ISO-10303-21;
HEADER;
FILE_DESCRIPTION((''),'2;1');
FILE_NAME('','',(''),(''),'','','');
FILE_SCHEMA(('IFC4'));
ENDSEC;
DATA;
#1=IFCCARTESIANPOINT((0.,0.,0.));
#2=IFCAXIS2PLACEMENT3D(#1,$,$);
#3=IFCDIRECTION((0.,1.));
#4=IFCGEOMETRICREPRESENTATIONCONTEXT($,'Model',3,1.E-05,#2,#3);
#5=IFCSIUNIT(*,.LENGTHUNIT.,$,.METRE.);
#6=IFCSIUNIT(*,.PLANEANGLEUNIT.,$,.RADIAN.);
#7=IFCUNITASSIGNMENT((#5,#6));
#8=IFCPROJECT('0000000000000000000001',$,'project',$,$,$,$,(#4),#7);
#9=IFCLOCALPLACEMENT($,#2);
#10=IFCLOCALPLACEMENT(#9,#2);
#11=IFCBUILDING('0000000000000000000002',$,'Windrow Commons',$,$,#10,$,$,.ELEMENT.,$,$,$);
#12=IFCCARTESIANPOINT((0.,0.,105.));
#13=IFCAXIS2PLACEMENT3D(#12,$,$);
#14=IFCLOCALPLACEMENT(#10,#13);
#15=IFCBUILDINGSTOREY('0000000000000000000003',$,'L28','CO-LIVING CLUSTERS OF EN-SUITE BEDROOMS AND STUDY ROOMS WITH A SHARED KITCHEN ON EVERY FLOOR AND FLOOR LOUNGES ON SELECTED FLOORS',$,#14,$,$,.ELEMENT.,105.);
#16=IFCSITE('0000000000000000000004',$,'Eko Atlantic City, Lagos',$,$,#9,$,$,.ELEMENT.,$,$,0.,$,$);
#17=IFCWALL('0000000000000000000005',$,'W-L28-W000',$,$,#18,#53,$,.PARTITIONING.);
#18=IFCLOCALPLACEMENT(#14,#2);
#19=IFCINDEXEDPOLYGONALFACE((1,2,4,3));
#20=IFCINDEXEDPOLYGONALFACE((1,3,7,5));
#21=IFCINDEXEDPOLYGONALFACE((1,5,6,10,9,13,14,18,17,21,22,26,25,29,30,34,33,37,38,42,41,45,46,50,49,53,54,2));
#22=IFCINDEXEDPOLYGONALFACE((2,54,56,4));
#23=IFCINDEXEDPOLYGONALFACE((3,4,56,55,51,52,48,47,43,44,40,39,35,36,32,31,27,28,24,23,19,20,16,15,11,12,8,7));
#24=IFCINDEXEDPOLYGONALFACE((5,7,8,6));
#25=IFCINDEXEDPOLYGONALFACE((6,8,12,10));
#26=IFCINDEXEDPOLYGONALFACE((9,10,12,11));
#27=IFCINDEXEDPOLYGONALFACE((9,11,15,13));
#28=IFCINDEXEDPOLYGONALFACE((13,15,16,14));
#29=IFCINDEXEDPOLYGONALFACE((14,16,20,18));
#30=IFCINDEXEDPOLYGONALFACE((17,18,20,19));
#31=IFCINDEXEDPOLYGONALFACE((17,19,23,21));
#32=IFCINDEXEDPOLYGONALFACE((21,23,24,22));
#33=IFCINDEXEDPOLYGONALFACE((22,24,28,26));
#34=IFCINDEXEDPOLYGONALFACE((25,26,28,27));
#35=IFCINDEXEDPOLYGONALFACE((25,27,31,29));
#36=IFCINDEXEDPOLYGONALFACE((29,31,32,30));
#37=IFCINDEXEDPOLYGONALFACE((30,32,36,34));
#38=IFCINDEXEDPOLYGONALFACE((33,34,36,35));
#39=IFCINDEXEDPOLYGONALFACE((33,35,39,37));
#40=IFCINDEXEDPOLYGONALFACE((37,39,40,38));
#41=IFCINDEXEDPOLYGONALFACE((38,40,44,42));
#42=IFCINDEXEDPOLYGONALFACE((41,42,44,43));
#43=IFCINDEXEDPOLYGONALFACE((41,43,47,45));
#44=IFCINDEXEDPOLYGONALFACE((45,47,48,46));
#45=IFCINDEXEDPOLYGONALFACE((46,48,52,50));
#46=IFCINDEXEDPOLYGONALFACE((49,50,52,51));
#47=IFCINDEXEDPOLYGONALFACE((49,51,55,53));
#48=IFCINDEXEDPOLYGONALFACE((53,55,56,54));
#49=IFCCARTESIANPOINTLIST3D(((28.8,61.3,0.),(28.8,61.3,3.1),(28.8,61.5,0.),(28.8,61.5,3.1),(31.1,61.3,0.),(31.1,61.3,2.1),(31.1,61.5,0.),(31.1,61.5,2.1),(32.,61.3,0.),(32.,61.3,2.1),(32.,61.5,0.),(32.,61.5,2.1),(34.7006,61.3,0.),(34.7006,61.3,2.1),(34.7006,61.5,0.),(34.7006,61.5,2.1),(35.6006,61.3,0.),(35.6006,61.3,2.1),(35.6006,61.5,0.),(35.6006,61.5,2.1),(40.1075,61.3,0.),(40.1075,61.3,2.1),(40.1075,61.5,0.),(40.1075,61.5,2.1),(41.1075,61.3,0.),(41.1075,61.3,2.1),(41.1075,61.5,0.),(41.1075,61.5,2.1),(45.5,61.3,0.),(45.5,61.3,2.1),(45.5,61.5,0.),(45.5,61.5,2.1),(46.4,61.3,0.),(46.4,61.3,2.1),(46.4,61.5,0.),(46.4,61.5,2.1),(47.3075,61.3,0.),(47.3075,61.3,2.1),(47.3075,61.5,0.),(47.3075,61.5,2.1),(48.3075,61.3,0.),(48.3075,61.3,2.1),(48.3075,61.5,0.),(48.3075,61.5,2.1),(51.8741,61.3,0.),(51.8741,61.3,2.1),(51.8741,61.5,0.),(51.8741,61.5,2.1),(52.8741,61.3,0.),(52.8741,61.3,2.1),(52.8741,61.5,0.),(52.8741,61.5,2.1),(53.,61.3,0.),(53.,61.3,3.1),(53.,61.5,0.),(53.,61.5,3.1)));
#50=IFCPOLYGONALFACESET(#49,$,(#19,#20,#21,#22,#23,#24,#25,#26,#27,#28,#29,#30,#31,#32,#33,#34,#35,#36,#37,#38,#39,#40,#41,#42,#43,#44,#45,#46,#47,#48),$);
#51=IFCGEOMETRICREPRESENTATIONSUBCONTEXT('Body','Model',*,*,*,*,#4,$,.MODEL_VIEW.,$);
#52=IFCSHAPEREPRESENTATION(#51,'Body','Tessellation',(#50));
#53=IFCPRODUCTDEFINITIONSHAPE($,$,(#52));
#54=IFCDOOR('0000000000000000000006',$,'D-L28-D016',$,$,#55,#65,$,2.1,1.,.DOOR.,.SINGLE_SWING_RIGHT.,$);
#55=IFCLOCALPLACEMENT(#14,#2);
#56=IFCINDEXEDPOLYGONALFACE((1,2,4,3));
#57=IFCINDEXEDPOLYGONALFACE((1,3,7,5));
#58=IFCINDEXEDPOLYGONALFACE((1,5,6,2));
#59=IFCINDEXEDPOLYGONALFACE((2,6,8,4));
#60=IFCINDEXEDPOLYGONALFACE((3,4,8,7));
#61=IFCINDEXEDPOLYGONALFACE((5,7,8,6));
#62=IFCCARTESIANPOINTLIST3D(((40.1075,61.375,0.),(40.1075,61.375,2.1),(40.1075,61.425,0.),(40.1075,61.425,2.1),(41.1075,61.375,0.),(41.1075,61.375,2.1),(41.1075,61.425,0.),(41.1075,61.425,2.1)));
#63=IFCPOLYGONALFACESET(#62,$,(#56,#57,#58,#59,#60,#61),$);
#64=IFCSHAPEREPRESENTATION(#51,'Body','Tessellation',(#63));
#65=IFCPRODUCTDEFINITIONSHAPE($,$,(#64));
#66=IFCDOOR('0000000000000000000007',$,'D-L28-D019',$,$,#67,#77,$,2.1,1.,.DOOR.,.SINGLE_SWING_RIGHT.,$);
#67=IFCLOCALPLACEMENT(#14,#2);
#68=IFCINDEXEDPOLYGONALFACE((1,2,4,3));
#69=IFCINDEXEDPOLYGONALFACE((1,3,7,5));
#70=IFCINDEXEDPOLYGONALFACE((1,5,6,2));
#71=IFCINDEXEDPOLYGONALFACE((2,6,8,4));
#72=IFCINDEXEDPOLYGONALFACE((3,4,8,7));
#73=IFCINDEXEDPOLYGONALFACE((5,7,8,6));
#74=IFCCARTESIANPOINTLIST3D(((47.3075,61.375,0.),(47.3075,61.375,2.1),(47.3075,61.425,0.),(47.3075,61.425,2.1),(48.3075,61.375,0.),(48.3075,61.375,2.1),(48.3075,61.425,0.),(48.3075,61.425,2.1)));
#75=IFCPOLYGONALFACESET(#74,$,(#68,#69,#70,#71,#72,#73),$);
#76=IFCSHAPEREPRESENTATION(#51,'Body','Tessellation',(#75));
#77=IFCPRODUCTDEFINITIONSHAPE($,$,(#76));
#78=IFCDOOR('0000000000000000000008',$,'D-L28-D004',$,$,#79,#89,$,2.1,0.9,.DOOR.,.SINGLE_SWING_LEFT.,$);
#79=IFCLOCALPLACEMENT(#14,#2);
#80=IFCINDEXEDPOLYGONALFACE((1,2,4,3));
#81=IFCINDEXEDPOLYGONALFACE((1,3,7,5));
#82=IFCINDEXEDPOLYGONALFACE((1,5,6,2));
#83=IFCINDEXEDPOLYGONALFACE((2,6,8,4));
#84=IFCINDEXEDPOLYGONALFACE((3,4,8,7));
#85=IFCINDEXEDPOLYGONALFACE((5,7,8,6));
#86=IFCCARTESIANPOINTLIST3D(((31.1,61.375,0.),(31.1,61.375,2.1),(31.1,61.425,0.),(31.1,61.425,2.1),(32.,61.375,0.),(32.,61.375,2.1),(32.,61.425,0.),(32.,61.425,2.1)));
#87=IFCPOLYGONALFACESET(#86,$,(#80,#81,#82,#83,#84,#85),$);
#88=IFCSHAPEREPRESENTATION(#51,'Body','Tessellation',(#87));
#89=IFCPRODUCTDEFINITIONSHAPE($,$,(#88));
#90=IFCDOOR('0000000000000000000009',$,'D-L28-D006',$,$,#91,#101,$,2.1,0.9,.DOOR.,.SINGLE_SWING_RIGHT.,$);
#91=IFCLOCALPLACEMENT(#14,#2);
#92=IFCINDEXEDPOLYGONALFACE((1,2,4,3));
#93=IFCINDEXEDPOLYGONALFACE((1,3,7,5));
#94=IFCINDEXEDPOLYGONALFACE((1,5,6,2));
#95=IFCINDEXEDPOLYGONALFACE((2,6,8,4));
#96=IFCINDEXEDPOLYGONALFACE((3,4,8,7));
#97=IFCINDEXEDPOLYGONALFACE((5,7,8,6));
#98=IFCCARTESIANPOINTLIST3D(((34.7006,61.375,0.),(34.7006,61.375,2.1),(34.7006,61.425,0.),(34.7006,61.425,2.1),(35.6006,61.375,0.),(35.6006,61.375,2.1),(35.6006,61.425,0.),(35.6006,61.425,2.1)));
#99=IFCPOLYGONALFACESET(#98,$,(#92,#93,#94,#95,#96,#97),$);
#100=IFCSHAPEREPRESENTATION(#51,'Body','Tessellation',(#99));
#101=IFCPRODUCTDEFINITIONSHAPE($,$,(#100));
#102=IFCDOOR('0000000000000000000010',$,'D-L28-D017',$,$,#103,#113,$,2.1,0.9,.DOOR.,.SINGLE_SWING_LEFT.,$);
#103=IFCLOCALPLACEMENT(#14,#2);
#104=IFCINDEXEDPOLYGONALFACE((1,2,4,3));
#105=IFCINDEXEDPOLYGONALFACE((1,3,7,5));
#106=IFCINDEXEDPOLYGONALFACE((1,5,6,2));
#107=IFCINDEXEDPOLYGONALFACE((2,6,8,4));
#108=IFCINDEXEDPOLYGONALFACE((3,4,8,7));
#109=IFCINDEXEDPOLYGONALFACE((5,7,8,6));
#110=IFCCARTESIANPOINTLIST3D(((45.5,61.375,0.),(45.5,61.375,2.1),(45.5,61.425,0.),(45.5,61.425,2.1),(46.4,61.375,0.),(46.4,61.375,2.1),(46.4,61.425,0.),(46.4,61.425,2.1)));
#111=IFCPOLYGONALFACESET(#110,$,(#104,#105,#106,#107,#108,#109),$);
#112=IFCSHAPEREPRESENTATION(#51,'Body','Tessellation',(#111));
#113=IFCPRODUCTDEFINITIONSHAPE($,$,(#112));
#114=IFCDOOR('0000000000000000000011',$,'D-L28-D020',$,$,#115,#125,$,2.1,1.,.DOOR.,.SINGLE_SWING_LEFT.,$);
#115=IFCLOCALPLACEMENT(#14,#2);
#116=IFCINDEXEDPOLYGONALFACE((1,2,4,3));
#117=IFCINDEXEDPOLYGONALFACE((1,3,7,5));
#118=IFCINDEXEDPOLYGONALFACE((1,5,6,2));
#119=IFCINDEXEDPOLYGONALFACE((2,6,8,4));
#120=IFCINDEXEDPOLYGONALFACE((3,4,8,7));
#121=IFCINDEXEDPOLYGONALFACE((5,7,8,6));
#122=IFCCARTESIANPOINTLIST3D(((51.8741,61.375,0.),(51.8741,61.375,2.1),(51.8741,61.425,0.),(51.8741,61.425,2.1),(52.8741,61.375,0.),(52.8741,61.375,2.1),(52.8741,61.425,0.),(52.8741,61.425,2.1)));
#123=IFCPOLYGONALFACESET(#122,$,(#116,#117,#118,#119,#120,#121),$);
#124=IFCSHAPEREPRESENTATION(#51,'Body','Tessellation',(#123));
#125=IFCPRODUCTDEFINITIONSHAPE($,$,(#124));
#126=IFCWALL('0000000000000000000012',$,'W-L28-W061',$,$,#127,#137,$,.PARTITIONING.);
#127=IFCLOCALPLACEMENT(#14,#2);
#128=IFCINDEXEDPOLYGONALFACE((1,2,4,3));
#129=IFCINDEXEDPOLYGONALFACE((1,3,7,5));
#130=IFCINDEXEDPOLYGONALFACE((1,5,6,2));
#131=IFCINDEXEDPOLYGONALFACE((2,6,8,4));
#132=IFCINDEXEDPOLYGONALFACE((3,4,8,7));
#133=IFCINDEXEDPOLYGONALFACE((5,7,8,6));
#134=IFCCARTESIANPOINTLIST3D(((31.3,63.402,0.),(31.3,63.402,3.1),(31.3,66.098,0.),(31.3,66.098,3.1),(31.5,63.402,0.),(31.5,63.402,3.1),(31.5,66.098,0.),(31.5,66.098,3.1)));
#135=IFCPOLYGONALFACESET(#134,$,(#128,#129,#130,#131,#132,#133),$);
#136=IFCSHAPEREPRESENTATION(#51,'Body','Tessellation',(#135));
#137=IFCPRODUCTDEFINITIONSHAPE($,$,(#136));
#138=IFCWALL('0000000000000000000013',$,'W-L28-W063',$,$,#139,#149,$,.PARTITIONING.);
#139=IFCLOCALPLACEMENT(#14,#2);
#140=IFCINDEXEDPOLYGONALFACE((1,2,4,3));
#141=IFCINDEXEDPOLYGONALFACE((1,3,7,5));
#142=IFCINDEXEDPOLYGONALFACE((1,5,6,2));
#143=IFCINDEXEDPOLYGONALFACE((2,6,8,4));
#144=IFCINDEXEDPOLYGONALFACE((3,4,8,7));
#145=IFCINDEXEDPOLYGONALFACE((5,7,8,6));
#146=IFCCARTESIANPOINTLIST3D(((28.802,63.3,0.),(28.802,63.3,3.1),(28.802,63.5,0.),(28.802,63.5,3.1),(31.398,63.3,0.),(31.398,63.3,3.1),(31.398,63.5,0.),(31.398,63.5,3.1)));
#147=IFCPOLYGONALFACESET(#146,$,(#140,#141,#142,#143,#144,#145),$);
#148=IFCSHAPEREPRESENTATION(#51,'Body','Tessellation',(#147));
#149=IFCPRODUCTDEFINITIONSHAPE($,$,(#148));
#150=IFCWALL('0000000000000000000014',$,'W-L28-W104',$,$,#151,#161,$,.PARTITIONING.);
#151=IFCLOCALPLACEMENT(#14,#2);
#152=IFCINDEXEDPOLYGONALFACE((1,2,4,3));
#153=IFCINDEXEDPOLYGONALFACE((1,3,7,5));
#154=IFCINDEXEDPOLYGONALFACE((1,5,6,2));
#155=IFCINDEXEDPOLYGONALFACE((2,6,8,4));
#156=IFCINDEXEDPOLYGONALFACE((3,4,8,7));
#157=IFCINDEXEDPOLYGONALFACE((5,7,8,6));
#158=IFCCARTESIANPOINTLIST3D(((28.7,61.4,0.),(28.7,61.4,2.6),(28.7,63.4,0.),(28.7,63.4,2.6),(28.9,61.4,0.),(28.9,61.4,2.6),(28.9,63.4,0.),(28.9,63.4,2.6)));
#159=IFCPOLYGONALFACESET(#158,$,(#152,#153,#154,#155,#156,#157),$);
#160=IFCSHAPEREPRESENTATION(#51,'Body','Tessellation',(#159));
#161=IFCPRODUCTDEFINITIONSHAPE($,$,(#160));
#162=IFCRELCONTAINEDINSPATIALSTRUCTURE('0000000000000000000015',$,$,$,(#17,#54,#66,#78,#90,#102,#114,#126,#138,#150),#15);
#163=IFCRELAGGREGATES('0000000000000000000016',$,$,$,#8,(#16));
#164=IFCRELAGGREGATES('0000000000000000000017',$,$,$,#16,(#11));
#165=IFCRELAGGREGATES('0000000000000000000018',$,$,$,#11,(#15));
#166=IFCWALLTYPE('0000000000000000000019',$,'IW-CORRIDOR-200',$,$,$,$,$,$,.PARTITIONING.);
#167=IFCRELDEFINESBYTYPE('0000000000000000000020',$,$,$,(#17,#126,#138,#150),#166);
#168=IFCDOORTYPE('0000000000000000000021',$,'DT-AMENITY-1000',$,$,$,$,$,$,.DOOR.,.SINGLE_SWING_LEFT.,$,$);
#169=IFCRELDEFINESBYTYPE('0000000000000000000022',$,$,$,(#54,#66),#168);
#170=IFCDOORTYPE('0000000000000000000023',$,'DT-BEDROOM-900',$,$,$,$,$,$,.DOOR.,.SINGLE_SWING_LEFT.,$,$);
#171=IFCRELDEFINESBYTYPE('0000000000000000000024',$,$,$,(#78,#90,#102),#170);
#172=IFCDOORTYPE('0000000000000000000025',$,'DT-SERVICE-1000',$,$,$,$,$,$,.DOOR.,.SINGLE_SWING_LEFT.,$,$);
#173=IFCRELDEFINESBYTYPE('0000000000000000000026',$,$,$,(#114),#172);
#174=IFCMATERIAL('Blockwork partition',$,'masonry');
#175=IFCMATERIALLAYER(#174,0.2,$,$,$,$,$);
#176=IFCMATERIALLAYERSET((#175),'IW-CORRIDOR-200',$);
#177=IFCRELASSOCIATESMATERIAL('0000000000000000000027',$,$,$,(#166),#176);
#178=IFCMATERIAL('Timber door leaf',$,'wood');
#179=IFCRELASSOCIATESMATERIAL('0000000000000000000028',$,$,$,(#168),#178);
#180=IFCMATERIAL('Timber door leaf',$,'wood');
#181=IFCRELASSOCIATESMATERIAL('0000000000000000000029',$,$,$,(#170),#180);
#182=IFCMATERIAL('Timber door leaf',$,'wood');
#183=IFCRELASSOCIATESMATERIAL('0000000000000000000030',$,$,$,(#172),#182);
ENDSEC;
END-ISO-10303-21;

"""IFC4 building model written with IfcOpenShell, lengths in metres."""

from ifc_helpers import new_model, si_unit, direction, frame, frame_2d, origin, place, context, subcontext, project, spatial, rectangle, extrude, material, layer, layer_set, type_object, element, fill, save


model = new_model("IFC4")

# Units and contexts
model_context = context("Model", 3, precision=1e-05, world=origin(), true_north=direction((0.0, 1.0)))
body_context = subcontext(model_context, "Body", "Model", "MODEL_VIEW")
ifc_project = project(units=[si_unit("LENGTHUNIT", "METRE"), si_unit("PLANEANGLEUNIT", "RADIAN")], contexts=[model_context])

# Site, building, storey
site_placement = place(None, origin())
site = spatial("IfcSite", under=ifc_project, at=site_placement, Name="Eko Atlantic City, Lagos", CompositionType="ELEMENT", RefElevation=0.0)
building_placement = place(site_placement, origin())
building = spatial("IfcBuilding", under=site, at=building_placement, Name="Windrow Commons", CompositionType="ELEMENT")
storey_placement = place(building_placement, frame((0.0, 0.0, 105.0)))
storey = spatial("IfcBuildingStorey", under=building, at=storey_placement, Name="L28", Description="CO-LIVING CLUSTERS OF EN-SUITE BEDROOMS AND STUDY ROOMS WITH A SHARED KITCHEN ON EVERY FLOOR AND FLOOR LOUNGES ON SELECTED FLOORS", CompositionType="ELEMENT", Elevation=105.0)

# Wall, openings, doors
ifc_material_1 = material(Name="Blockwork partition", Category="masonry")
ifc_layer_1 = layer(ifc_material_1, 0.2)
ifc_layer_set_1 = layer_set([ifc_layer_1], Name="IW-CORRIDOR-200")
wall_type_1 = type_object("IfcWallType", Name="IW-CORRIDOR-200", PredefinedType="PARTITIONING", material=ifc_layer_set_1)
wall_1_placement = place(storey_placement, frame((28.8, 61.4, 0.0), z_axis=(0.0, 0.0, 1.0), x_axis=(1.0, 0.0, 0.0)))
wall_1 = element("IfcWall", 1, at=wall_1_placement, inside=storey, type_object=wall_type_1, Name="W-L28-W000", PredefinedType="PARTITIONING", context=body_context, shape_type="SweptSolid", body=[
    extrude(rectangle(XDim=24.2, YDim=0.2, at=frame_2d((12.1, 0.0))), origin(), (0.0, 0.0, 1.0), 3.1),
])
opening_1_placement = place(wall_1_placement, frame((2.3, 0.0, 0.0)))
opening_1 = element("IfcOpeningElement", 2, at=opening_1_placement, cuts=wall_1, PredefinedType="OPENING", context=body_context, shape_type="SweptSolid", body=[
    extrude(rectangle(XDim=0.9, YDim=2.1, at=frame_2d((0.45, 1.05))), frame((0.0, 0.11, 0.0), z_axis=(0.0, -1.0, 0.0), x_axis=(1.0, 0.0, 0.0)), (0.0, 0.0, 1.0), 0.22),
])
opening_2_placement = place(wall_1_placement, frame((5.9006, 0.0, 0.0)))
opening_2 = element("IfcOpeningElement", 3, at=opening_2_placement, cuts=wall_1, PredefinedType="OPENING", context=body_context, shape_type="SweptSolid", body=[
    extrude(rectangle(XDim=0.9, YDim=2.1, at=frame_2d((0.45, 1.05))), frame((0.0, 0.11, 0.0), z_axis=(0.0, -1.0, 0.0), x_axis=(1.0, 0.0, 0.0)), (0.0, 0.0, 1.0), 0.22),
])
opening_3_placement = place(wall_1_placement, frame((11.3075, 0.0, 0.0)))
opening_3 = element("IfcOpeningElement", 4, at=opening_3_placement, cuts=wall_1, PredefinedType="OPENING", context=body_context, shape_type="SweptSolid", body=[
    extrude(rectangle(XDim=1.0, YDim=2.1, at=frame_2d((0.5, 1.05))), frame((0.0, 0.11, 0.0), z_axis=(0.0, -1.0, 0.0), x_axis=(1.0, 0.0, 0.0)), (0.0, 0.0, 1.0), 0.22),
])
opening_4_placement = place(wall_1_placement, frame((16.7, 0.0, 0.0)))
opening_4 = element("IfcOpeningElement", 5, at=opening_4_placement, cuts=wall_1, PredefinedType="OPENING", context=body_context, shape_type="SweptSolid", body=[
    extrude(rectangle(XDim=0.9, YDim=2.1, at=frame_2d((0.45, 1.05))), frame((0.0, 0.11, 0.0), z_axis=(0.0, -1.0, 0.0), x_axis=(1.0, 0.0, 0.0)), (0.0, 0.0, 1.0), 0.22),
])
opening_5_placement = place(wall_1_placement, frame((18.5075, 0.0, 0.0)))
opening_5 = element("IfcOpeningElement", 6, at=opening_5_placement, cuts=wall_1, PredefinedType="OPENING", context=body_context, shape_type="SweptSolid", body=[
    extrude(rectangle(XDim=1.0, YDim=2.1, at=frame_2d((0.5, 1.05))), frame((0.0, 0.11, 0.0), z_axis=(0.0, -1.0, 0.0), x_axis=(1.0, 0.0, 0.0)), (0.0, 0.0, 1.0), 0.22),
])
opening_6_placement = place(wall_1_placement, frame((23.0741, 0.0, 0.0)))
opening_6 = element("IfcOpeningElement", 7, at=opening_6_placement, cuts=wall_1, PredefinedType="OPENING", context=body_context, shape_type="SweptSolid", body=[
    extrude(rectangle(XDim=1.0, YDim=2.1, at=frame_2d((0.5, 1.05))), frame((0.0, 0.11, 0.0), z_axis=(0.0, -1.0, 0.0), x_axis=(1.0, 0.0, 0.0)), (0.0, 0.0, 1.0), 0.22),
])
ifc_material_2 = material(Name="Timber door leaf", Category="wood")
door_type_1 = type_object("IfcDoorType", Name="DT-AMENITY-1000", OperationType="SINGLE_SWING_LEFT", PredefinedType="DOOR", material=ifc_material_2)
door_1_placement = place(opening_3_placement, origin())
door_1 = element("IfcDoor", 8, at=door_1_placement, inside=storey, type_object=door_type_1, Name="D-L28-D016", OperationType="SINGLE_SWING_RIGHT", OverallHeight=2.1, OverallWidth=1.0, PredefinedType="DOOR", context=body_context, shape_type="SweptSolid", body=[
    extrude(rectangle(XDim=1.0, YDim=2.1, at=frame_2d((0.5, 1.05))), frame((0.0, 0.025, 0.0), z_axis=(0.0, -1.0, 0.0), x_axis=(1.0, 0.0, 0.0)), (0.0, 0.0, 1.0), 0.05),
])
fill(opening_3, door_1)
door_2_placement = place(opening_5_placement, origin())
door_2 = element("IfcDoor", 9, at=door_2_placement, inside=storey, type_object=door_type_1, Name="D-L28-D019", OperationType="SINGLE_SWING_RIGHT", OverallHeight=2.1, OverallWidth=1.0, PredefinedType="DOOR", context=body_context, shape_type="SweptSolid", body=[
    extrude(rectangle(XDim=1.0, YDim=2.1, at=frame_2d((0.5, 1.05))), frame((0.0, 0.025, 0.0), z_axis=(0.0, -1.0, 0.0), x_axis=(1.0, 0.0, 0.0)), (0.0, 0.0, 1.0), 0.05),
])
fill(opening_5, door_2)
ifc_material_3 = material(Name="Timber door leaf", Category="wood")
door_type_2 = type_object("IfcDoorType", Name="DT-BEDROOM-900", OperationType="SINGLE_SWING_LEFT", PredefinedType="DOOR", material=ifc_material_3)
door_3_placement = place(opening_1_placement, origin())
door_3 = element("IfcDoor", 10, at=door_3_placement, inside=storey, type_object=door_type_2, Name="D-L28-D004", OperationType="SINGLE_SWING_LEFT", OverallHeight=2.1, OverallWidth=0.9, PredefinedType="DOOR", context=body_context, shape_type="SweptSolid", body=[
    extrude(rectangle(XDim=0.9, YDim=2.1, at=frame_2d((0.45, 1.05))), frame((0.0, 0.025, 0.0), z_axis=(0.0, -1.0, 0.0), x_axis=(1.0, 0.0, 0.0)), (0.0, 0.0, 1.0), 0.05),
])
fill(opening_1, door_3)
door_4_placement = place(opening_2_placement, origin())
door_4 = element("IfcDoor", 11, at=door_4_placement, inside=storey, type_object=door_type_2, Name="D-L28-D006", OperationType="SINGLE_SWING_RIGHT", OverallHeight=2.1, OverallWidth=0.9, PredefinedType="DOOR", context=body_context, shape_type="SweptSolid", body=[
    extrude(rectangle(XDim=0.9, YDim=2.1, at=frame_2d((0.45, 1.05))), frame((0.0, 0.025, 0.0), z_axis=(0.0, -1.0, 0.0), x_axis=(1.0, 0.0, 0.0)), (0.0, 0.0, 1.0), 0.05),
])
fill(opening_2, door_4)
door_5_placement = place(opening_4_placement, origin())
door_5 = element("IfcDoor", 12, at=door_5_placement, inside=storey, type_object=door_type_2, Name="D-L28-D017", OperationType="SINGLE_SWING_LEFT", OverallHeight=2.1, OverallWidth=0.9, PredefinedType="DOOR", context=body_context, shape_type="SweptSolid", body=[
    extrude(rectangle(XDim=0.9, YDim=2.1, at=frame_2d((0.45, 1.05))), frame((0.0, 0.025, 0.0), z_axis=(0.0, -1.0, 0.0), x_axis=(1.0, 0.0, 0.0)), (0.0, 0.0, 1.0), 0.05),
])
fill(opening_4, door_5)
ifc_material_4 = material(Name="Timber door leaf", Category="wood")
door_type_3 = type_object("IfcDoorType", Name="DT-SERVICE-1000", OperationType="SINGLE_SWING_LEFT", PredefinedType="DOOR", material=ifc_material_4)
door_6_placement = place(opening_6_placement, origin())
door_6 = element("IfcDoor", 13, at=door_6_placement, inside=storey, type_object=door_type_3, Name="D-L28-D020", OperationType="SINGLE_SWING_LEFT", OverallHeight=2.1, OverallWidth=1.0, PredefinedType="DOOR", context=body_context, shape_type="SweptSolid", body=[
    extrude(rectangle(XDim=1.0, YDim=2.1, at=frame_2d((0.5, 1.05))), frame((0.0, 0.025, 0.0), z_axis=(0.0, -1.0, 0.0), x_axis=(1.0, 0.0, 0.0)), (0.0, 0.0, 1.0), 0.05),
])
fill(opening_6, door_6)

# Walls
wall_2_placement = place(storey_placement, frame((31.4, 63.402, 0.0), z_axis=(0.0, 0.0, 1.0), x_axis=(0.0, 1.0, 0.0)))
element("IfcWall", 14, at=wall_2_placement, inside=storey, type_object=wall_type_1, Name="W-L28-W061", PredefinedType="PARTITIONING", context=body_context, shape_type="SweptSolid", body=[
    extrude(rectangle(XDim=2.696, YDim=0.2, at=frame_2d((1.348, 0.0))), origin(), (0.0, 0.0, 1.0), 3.1),
])
wall_3_placement = place(storey_placement, frame((28.802, 63.4, 0.0), z_axis=(0.0, 0.0, 1.0), x_axis=(1.0, 0.0, 0.0)))
element("IfcWall", 15, at=wall_3_placement, inside=storey, type_object=wall_type_1, Name="W-L28-W063", PredefinedType="PARTITIONING", context=body_context, shape_type="SweptSolid", body=[
    extrude(rectangle(XDim=2.596, YDim=0.2, at=frame_2d((1.298, 0.0))), origin(), (0.0, 0.0, 1.0), 3.1),
])
wall_4_placement = place(storey_placement, frame((28.8, 61.4, 0.0), z_axis=(0.0, 0.0, 1.0), x_axis=(0.0, 1.0, 0.0)))
element("IfcWall", 16, at=wall_4_placement, inside=storey, type_object=wall_type_1, Name="W-L28-W104", PredefinedType="PARTITIONING", context=body_context, shape_type="SweptSolid", body=[
    extrude(rectangle(XDim=2.0, YDim=0.2, at=frame_2d((1.0, 0.0))), origin(), (0.0, 0.0, 1.0), 2.6),
])

save(model, "model.ifc")
